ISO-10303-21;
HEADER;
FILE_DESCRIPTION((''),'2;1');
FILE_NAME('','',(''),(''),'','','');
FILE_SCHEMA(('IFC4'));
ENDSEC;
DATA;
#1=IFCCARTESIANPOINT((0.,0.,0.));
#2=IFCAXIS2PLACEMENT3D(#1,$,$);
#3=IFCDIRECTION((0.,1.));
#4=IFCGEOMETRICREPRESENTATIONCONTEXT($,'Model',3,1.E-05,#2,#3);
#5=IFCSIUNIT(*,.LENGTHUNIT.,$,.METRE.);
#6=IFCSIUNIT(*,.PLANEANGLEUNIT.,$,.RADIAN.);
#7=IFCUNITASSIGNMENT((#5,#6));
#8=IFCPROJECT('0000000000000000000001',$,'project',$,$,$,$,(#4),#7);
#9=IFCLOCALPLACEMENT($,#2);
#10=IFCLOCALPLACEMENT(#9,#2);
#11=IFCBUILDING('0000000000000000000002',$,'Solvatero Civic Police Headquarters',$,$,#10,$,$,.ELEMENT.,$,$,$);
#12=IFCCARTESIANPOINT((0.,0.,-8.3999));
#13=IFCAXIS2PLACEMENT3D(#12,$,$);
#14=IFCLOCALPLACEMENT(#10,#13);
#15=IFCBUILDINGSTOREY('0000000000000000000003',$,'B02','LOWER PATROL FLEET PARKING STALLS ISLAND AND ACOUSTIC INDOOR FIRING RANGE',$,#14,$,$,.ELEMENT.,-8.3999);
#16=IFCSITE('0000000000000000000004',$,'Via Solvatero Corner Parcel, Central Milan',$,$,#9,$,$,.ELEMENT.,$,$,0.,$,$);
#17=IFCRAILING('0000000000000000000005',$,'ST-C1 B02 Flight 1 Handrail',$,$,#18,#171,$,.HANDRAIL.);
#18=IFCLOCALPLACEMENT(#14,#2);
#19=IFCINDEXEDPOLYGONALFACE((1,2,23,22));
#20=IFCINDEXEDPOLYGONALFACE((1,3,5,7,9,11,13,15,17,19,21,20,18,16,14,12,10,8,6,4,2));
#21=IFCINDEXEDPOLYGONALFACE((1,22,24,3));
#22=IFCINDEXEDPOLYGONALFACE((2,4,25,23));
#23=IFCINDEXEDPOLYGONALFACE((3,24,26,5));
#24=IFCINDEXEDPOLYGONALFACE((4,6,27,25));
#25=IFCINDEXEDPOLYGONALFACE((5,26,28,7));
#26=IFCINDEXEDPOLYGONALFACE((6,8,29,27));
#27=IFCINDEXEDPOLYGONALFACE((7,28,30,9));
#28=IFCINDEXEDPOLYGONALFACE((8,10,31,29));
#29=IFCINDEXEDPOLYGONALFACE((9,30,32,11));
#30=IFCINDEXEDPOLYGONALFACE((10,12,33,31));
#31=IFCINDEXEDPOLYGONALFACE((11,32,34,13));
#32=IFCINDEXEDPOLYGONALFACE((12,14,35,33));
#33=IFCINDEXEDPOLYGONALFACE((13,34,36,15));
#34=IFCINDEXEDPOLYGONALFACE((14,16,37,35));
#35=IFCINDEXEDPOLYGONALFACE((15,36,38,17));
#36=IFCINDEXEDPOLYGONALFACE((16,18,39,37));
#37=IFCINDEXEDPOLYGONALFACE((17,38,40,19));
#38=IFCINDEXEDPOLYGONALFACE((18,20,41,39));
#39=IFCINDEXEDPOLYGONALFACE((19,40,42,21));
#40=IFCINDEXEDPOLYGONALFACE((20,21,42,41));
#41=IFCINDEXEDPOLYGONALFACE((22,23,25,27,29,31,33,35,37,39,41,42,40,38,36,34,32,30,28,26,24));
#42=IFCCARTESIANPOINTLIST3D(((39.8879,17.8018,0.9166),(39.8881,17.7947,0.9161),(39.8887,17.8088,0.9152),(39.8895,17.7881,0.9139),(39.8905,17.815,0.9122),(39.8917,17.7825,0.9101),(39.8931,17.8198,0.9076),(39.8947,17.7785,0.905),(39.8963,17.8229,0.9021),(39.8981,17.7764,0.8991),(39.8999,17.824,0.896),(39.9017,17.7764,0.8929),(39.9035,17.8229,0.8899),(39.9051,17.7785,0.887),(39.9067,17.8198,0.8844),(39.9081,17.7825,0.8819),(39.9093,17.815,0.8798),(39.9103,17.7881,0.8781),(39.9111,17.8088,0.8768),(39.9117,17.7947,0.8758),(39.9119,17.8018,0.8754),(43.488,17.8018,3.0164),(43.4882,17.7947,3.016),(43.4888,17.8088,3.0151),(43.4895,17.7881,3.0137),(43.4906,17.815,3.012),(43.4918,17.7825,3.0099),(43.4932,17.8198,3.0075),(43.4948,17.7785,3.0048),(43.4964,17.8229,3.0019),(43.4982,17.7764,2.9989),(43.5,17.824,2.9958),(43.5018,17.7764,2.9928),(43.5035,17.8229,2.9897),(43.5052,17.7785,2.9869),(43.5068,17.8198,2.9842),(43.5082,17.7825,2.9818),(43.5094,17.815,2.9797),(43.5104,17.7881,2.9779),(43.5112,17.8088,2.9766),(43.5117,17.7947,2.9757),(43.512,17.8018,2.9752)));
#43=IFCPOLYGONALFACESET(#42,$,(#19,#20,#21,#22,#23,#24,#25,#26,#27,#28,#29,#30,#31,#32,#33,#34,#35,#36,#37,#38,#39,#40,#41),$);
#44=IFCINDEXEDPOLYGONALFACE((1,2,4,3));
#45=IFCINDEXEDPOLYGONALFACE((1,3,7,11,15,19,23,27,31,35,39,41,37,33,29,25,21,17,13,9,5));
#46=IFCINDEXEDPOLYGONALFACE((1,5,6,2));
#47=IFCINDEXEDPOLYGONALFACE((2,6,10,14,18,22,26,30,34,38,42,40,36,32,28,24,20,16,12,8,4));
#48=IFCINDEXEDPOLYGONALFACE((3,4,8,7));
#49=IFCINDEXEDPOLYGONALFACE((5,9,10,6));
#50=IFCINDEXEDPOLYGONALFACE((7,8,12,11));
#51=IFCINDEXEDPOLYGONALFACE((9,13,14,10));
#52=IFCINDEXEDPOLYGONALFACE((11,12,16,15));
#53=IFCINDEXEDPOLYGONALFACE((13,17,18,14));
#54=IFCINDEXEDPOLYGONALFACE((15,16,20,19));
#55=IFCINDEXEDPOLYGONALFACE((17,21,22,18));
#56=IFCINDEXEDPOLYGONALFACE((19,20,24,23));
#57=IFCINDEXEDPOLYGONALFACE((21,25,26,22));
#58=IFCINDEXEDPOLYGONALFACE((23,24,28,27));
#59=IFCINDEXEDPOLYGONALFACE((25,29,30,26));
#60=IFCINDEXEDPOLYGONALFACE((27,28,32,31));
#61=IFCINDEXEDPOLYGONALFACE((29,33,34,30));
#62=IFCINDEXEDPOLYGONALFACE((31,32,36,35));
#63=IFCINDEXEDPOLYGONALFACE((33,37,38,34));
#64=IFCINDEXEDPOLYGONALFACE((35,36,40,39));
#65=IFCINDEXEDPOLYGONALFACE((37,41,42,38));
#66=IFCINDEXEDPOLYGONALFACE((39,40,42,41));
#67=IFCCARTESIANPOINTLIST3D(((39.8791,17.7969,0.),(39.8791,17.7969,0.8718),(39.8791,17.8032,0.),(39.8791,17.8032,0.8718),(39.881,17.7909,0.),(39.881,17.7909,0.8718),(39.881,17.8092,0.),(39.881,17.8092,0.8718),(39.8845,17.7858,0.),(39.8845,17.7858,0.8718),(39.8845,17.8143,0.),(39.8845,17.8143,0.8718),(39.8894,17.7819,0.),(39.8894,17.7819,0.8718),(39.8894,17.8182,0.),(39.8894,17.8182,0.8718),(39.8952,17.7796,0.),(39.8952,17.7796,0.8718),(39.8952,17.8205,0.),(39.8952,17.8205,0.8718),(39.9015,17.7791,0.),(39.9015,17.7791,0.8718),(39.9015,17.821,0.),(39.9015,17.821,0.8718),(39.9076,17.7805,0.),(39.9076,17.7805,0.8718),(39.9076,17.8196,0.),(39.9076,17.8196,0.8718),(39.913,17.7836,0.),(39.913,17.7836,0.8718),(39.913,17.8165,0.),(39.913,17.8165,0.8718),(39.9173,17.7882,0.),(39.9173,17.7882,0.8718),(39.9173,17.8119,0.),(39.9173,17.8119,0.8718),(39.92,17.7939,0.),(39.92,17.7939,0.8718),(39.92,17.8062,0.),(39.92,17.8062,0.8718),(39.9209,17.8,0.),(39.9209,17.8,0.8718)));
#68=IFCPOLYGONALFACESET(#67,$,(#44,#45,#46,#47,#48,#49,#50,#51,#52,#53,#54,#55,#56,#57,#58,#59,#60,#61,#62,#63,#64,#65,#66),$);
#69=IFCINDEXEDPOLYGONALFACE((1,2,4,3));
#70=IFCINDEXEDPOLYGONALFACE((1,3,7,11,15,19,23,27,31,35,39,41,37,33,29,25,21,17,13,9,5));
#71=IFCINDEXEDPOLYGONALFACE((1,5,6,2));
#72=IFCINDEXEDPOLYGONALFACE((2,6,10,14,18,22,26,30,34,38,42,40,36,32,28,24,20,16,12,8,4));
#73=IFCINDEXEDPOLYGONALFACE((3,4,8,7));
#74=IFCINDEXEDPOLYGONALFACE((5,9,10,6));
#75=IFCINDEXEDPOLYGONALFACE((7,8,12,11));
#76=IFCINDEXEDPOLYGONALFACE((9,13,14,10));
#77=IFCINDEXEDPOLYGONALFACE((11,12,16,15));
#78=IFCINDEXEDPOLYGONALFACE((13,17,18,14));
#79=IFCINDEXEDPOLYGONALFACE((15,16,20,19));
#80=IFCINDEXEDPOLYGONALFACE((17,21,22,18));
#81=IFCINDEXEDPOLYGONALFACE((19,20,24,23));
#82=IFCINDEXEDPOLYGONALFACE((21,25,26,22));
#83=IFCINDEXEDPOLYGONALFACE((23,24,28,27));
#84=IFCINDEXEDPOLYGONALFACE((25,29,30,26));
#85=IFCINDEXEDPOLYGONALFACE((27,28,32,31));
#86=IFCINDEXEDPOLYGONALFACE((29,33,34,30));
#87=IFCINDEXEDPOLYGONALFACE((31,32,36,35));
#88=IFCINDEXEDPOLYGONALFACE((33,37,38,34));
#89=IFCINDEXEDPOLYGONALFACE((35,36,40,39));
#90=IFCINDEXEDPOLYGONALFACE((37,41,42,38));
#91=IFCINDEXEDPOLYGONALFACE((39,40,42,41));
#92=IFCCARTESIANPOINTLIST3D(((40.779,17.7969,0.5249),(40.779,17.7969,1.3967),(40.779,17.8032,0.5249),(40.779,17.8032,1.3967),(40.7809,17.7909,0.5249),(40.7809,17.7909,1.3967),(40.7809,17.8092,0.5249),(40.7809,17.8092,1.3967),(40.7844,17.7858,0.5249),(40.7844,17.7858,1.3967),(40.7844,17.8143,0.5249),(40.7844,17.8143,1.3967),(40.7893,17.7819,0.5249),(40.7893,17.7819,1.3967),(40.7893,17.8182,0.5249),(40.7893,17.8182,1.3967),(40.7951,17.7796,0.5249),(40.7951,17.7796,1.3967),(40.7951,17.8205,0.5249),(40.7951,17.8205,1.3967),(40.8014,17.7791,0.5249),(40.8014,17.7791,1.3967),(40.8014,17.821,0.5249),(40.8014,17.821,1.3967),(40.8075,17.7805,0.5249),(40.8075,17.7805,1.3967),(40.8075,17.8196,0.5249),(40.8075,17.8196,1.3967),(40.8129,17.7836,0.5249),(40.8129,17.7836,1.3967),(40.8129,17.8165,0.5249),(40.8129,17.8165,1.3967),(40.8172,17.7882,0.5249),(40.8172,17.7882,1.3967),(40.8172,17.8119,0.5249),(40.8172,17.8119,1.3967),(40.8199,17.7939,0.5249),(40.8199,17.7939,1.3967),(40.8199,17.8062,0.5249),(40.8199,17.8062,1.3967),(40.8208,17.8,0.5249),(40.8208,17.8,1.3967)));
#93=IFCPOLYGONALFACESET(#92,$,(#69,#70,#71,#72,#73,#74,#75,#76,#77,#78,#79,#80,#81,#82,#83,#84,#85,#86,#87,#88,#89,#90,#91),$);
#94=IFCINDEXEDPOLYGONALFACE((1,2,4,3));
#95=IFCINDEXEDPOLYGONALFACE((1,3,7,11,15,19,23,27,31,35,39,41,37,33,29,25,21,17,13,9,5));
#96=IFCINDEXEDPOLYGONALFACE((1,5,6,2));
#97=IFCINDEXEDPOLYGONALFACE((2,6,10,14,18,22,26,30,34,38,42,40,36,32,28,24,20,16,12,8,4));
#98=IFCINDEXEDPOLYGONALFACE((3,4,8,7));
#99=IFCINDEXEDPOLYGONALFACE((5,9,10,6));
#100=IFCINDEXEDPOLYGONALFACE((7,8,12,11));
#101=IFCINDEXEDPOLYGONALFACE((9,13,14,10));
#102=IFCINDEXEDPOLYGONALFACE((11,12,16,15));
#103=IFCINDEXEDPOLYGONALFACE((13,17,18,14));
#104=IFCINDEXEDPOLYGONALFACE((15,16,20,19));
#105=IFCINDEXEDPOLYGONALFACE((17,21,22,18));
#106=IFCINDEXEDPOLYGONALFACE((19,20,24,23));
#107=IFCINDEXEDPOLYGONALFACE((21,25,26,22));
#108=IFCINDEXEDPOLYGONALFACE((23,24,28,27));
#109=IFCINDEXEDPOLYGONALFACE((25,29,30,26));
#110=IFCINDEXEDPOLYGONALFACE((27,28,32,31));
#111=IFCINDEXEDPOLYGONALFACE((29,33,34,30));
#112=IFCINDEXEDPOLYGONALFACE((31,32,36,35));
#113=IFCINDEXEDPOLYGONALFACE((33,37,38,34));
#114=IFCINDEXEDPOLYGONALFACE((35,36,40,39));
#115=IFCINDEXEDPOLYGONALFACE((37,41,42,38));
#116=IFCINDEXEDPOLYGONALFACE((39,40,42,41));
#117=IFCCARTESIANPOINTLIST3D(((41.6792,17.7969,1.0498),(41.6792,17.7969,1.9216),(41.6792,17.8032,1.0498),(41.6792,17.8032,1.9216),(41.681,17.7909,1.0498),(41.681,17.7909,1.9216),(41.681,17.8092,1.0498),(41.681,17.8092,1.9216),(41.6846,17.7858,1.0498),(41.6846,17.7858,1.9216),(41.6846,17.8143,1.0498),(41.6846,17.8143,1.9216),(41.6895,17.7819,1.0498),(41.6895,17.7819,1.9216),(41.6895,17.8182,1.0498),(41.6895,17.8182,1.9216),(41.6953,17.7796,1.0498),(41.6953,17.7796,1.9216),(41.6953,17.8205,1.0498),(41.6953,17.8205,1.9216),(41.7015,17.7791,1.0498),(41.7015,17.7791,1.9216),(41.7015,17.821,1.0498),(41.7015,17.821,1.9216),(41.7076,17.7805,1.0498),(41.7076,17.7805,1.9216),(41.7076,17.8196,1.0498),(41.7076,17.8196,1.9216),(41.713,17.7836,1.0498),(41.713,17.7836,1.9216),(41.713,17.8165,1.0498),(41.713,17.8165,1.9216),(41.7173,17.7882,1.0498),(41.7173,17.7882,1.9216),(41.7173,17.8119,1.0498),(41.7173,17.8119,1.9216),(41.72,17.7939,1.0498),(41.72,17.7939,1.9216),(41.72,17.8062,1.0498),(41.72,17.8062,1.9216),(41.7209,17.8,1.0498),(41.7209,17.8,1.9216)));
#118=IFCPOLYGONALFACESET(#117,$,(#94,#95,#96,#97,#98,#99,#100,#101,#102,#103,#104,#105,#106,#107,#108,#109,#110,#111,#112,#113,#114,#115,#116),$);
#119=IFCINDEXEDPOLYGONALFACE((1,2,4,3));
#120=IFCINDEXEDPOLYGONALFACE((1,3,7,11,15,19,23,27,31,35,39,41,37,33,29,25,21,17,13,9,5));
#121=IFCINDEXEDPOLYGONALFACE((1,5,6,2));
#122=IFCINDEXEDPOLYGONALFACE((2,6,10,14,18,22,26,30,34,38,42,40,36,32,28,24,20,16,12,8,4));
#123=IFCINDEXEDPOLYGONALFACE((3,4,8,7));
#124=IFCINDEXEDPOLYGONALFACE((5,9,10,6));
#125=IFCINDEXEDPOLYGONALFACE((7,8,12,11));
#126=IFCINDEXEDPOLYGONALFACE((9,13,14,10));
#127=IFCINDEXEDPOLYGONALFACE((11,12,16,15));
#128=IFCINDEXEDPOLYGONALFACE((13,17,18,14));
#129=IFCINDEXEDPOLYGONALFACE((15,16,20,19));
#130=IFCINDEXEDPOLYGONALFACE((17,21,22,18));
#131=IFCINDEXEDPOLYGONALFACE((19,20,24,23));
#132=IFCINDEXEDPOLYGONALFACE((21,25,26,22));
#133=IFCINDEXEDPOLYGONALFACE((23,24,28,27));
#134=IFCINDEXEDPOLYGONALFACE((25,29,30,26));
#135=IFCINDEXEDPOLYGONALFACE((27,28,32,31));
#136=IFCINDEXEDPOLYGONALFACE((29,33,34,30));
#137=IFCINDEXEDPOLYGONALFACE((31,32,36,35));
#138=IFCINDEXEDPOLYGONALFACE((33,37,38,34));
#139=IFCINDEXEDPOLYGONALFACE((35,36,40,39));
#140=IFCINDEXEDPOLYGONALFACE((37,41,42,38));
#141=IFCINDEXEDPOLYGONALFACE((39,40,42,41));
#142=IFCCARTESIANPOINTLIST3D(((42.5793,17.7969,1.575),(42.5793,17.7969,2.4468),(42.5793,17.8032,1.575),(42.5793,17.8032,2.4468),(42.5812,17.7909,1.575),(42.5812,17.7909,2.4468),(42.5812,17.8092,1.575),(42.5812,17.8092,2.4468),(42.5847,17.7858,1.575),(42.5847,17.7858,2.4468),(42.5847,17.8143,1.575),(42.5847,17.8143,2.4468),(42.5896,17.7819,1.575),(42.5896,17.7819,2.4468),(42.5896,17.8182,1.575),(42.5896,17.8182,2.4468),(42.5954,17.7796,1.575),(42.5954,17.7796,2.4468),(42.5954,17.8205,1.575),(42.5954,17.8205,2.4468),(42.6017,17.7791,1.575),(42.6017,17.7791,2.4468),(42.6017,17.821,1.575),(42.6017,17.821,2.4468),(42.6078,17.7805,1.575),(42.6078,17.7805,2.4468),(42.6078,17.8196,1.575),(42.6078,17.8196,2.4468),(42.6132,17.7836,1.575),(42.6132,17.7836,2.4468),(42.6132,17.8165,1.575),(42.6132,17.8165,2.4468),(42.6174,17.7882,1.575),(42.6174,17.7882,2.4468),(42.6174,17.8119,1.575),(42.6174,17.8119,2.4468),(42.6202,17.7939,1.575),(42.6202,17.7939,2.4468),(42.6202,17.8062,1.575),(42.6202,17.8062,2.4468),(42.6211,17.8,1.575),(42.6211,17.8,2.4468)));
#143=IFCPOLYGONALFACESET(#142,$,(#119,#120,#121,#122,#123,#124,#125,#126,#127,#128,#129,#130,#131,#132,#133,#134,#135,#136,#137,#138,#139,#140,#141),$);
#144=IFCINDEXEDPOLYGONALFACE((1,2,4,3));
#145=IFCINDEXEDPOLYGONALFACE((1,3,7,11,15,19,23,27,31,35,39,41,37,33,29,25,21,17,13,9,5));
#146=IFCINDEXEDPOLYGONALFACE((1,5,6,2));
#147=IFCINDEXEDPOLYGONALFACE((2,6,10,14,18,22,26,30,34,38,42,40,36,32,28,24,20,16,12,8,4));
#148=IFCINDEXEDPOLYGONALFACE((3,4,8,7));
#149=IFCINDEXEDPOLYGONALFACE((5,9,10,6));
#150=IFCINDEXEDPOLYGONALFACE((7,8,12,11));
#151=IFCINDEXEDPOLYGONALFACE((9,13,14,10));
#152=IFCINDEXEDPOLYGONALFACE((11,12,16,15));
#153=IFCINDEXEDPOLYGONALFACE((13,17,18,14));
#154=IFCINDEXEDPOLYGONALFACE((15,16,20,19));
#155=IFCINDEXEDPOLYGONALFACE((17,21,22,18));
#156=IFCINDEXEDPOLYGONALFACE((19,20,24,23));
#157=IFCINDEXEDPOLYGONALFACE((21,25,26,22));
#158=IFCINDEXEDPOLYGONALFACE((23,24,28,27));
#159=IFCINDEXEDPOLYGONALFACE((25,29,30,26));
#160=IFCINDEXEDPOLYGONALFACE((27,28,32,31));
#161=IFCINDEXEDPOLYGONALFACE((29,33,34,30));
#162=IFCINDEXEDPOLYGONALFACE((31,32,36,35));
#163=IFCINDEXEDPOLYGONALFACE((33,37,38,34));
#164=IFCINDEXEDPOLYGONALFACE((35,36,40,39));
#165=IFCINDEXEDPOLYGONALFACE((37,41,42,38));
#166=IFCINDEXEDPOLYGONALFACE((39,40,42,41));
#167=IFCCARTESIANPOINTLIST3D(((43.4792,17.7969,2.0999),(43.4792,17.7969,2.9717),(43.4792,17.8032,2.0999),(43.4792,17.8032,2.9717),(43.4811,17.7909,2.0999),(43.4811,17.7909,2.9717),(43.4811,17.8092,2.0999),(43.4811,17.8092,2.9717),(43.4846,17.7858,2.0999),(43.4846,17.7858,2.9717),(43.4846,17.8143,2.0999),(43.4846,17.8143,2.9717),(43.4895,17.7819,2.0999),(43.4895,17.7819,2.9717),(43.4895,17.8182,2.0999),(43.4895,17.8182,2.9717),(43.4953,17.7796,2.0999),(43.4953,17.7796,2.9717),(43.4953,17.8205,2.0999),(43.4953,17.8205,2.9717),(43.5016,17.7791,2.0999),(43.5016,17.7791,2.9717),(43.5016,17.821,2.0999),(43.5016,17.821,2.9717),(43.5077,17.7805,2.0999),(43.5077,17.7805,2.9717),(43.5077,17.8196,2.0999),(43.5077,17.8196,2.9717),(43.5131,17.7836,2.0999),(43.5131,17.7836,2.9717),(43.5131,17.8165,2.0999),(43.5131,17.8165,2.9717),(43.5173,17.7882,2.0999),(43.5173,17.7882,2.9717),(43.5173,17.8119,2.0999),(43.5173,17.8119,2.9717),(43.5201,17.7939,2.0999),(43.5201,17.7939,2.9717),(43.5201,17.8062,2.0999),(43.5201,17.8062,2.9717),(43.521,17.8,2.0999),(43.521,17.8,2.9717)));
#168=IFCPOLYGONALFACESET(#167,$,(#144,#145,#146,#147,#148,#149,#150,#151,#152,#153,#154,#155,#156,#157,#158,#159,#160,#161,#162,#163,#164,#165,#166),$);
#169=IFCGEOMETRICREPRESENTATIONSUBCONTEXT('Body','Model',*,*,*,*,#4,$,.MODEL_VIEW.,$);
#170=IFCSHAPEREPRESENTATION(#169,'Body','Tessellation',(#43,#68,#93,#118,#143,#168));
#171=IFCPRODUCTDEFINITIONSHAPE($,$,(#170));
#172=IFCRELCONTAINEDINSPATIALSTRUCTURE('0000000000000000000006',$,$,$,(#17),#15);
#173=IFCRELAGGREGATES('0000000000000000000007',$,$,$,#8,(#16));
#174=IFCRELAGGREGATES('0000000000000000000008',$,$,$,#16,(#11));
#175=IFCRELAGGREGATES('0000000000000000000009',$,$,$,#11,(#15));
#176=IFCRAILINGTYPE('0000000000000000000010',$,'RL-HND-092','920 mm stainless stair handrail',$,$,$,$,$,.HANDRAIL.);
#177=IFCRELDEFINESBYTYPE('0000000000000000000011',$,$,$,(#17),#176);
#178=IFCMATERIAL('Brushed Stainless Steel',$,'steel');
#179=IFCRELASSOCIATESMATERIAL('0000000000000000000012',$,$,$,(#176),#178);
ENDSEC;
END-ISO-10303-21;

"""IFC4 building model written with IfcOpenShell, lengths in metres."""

from ifc_helpers import new_model, si_unit, direction, frame, origin, origin_2d, place, context, subcontext, project, spatial, circle, extrude, material, type_object, element, save


model = new_model("IFC4")

# Units and contexts
model_context = context("Model", 3, precision=1e-05, world=origin(), true_north=direction((0.0, 1.0)))
body_context = subcontext(model_context, "Body", "Model", "MODEL_VIEW")
ifc_project = project(units=[si_unit("LENGTHUNIT", "METRE"), si_unit("PLANEANGLEUNIT", "RADIAN")], contexts=[model_context])

# Site, building, storey
site_placement = place(None, origin())
site = spatial("IfcSite", under=ifc_project, at=site_placement, Name="Via Solvatero Corner Parcel, Central Milan", CompositionType="ELEMENT", RefElevation=0.0)
building_placement = place(site_placement, origin())
building = spatial("IfcBuilding", under=site, at=building_placement, Name="Solvatero Civic Police Headquarters", CompositionType="ELEMENT")
storey_placement = place(building_placement, frame((0.0, 0.0, -8.3999)))
storey = spatial("IfcBuildingStorey", under=building, at=storey_placement, Name="B02", Description="LOWER PATROL FLEET PARKING STALLS ISLAND AND ACOUSTIC INDOOR FIRING RANGE", CompositionType="ELEMENT", Elevation=-8.3999)

# Railing
ifc_material_1 = material(Name="Brushed Stainless Steel", Category="steel")
railing_type_1 = type_object("IfcRailingType", Name="RL-HND-092", Description="920 mm stainless stair handrail", PredefinedType="HANDRAIL", material=ifc_material_1)
railing_1_placement = place(storey_placement, frame((39.8999, 17.8, 0.0)))
element("IfcRailing", 1, at=railing_1_placement, inside=storey, type_object=railing_type_1, Name="ST-C1 B02 Flight 1 Handrail", PredefinedType="HANDRAIL", context=body_context, shape_type="SweptSolid", body=[
    extrude(circle(Radius=0.0239, at=origin_2d()), frame((0.0, 0.0, 0.896), z_axis=(0.8638, 0.0, 0.503835), x_axis=(0.0, 1.0, 0.0)), (0.0, 0.0, 1.0), 4.1677),
    extrude(circle(Radius=0.021, at=origin_2d()), origin(), (0.0, 0.0, 1.0), 0.8718),
    extrude(circle(Radius=0.021, at=origin_2d()), frame((0.8999, 0.0, 0.5249)), (0.0, 0.0, 1.0), 0.8718),
    extrude(circle(Radius=0.021, at=origin_2d()), frame((1.8, 0.0, 1.0498)), (0.0, 0.0, 1.0), 0.8718),
    extrude(circle(Radius=0.021, at=origin_2d()), frame((2.7002, 0.0, 1.575)), (0.0, 0.0, 1.0), 0.8718),
    extrude(circle(Radius=0.021, at=origin_2d()), frame((3.6001, 0.0, 2.0999)), (0.0, 0.0, 1.0), 0.8718),
])

save(model, "model.ifc")
